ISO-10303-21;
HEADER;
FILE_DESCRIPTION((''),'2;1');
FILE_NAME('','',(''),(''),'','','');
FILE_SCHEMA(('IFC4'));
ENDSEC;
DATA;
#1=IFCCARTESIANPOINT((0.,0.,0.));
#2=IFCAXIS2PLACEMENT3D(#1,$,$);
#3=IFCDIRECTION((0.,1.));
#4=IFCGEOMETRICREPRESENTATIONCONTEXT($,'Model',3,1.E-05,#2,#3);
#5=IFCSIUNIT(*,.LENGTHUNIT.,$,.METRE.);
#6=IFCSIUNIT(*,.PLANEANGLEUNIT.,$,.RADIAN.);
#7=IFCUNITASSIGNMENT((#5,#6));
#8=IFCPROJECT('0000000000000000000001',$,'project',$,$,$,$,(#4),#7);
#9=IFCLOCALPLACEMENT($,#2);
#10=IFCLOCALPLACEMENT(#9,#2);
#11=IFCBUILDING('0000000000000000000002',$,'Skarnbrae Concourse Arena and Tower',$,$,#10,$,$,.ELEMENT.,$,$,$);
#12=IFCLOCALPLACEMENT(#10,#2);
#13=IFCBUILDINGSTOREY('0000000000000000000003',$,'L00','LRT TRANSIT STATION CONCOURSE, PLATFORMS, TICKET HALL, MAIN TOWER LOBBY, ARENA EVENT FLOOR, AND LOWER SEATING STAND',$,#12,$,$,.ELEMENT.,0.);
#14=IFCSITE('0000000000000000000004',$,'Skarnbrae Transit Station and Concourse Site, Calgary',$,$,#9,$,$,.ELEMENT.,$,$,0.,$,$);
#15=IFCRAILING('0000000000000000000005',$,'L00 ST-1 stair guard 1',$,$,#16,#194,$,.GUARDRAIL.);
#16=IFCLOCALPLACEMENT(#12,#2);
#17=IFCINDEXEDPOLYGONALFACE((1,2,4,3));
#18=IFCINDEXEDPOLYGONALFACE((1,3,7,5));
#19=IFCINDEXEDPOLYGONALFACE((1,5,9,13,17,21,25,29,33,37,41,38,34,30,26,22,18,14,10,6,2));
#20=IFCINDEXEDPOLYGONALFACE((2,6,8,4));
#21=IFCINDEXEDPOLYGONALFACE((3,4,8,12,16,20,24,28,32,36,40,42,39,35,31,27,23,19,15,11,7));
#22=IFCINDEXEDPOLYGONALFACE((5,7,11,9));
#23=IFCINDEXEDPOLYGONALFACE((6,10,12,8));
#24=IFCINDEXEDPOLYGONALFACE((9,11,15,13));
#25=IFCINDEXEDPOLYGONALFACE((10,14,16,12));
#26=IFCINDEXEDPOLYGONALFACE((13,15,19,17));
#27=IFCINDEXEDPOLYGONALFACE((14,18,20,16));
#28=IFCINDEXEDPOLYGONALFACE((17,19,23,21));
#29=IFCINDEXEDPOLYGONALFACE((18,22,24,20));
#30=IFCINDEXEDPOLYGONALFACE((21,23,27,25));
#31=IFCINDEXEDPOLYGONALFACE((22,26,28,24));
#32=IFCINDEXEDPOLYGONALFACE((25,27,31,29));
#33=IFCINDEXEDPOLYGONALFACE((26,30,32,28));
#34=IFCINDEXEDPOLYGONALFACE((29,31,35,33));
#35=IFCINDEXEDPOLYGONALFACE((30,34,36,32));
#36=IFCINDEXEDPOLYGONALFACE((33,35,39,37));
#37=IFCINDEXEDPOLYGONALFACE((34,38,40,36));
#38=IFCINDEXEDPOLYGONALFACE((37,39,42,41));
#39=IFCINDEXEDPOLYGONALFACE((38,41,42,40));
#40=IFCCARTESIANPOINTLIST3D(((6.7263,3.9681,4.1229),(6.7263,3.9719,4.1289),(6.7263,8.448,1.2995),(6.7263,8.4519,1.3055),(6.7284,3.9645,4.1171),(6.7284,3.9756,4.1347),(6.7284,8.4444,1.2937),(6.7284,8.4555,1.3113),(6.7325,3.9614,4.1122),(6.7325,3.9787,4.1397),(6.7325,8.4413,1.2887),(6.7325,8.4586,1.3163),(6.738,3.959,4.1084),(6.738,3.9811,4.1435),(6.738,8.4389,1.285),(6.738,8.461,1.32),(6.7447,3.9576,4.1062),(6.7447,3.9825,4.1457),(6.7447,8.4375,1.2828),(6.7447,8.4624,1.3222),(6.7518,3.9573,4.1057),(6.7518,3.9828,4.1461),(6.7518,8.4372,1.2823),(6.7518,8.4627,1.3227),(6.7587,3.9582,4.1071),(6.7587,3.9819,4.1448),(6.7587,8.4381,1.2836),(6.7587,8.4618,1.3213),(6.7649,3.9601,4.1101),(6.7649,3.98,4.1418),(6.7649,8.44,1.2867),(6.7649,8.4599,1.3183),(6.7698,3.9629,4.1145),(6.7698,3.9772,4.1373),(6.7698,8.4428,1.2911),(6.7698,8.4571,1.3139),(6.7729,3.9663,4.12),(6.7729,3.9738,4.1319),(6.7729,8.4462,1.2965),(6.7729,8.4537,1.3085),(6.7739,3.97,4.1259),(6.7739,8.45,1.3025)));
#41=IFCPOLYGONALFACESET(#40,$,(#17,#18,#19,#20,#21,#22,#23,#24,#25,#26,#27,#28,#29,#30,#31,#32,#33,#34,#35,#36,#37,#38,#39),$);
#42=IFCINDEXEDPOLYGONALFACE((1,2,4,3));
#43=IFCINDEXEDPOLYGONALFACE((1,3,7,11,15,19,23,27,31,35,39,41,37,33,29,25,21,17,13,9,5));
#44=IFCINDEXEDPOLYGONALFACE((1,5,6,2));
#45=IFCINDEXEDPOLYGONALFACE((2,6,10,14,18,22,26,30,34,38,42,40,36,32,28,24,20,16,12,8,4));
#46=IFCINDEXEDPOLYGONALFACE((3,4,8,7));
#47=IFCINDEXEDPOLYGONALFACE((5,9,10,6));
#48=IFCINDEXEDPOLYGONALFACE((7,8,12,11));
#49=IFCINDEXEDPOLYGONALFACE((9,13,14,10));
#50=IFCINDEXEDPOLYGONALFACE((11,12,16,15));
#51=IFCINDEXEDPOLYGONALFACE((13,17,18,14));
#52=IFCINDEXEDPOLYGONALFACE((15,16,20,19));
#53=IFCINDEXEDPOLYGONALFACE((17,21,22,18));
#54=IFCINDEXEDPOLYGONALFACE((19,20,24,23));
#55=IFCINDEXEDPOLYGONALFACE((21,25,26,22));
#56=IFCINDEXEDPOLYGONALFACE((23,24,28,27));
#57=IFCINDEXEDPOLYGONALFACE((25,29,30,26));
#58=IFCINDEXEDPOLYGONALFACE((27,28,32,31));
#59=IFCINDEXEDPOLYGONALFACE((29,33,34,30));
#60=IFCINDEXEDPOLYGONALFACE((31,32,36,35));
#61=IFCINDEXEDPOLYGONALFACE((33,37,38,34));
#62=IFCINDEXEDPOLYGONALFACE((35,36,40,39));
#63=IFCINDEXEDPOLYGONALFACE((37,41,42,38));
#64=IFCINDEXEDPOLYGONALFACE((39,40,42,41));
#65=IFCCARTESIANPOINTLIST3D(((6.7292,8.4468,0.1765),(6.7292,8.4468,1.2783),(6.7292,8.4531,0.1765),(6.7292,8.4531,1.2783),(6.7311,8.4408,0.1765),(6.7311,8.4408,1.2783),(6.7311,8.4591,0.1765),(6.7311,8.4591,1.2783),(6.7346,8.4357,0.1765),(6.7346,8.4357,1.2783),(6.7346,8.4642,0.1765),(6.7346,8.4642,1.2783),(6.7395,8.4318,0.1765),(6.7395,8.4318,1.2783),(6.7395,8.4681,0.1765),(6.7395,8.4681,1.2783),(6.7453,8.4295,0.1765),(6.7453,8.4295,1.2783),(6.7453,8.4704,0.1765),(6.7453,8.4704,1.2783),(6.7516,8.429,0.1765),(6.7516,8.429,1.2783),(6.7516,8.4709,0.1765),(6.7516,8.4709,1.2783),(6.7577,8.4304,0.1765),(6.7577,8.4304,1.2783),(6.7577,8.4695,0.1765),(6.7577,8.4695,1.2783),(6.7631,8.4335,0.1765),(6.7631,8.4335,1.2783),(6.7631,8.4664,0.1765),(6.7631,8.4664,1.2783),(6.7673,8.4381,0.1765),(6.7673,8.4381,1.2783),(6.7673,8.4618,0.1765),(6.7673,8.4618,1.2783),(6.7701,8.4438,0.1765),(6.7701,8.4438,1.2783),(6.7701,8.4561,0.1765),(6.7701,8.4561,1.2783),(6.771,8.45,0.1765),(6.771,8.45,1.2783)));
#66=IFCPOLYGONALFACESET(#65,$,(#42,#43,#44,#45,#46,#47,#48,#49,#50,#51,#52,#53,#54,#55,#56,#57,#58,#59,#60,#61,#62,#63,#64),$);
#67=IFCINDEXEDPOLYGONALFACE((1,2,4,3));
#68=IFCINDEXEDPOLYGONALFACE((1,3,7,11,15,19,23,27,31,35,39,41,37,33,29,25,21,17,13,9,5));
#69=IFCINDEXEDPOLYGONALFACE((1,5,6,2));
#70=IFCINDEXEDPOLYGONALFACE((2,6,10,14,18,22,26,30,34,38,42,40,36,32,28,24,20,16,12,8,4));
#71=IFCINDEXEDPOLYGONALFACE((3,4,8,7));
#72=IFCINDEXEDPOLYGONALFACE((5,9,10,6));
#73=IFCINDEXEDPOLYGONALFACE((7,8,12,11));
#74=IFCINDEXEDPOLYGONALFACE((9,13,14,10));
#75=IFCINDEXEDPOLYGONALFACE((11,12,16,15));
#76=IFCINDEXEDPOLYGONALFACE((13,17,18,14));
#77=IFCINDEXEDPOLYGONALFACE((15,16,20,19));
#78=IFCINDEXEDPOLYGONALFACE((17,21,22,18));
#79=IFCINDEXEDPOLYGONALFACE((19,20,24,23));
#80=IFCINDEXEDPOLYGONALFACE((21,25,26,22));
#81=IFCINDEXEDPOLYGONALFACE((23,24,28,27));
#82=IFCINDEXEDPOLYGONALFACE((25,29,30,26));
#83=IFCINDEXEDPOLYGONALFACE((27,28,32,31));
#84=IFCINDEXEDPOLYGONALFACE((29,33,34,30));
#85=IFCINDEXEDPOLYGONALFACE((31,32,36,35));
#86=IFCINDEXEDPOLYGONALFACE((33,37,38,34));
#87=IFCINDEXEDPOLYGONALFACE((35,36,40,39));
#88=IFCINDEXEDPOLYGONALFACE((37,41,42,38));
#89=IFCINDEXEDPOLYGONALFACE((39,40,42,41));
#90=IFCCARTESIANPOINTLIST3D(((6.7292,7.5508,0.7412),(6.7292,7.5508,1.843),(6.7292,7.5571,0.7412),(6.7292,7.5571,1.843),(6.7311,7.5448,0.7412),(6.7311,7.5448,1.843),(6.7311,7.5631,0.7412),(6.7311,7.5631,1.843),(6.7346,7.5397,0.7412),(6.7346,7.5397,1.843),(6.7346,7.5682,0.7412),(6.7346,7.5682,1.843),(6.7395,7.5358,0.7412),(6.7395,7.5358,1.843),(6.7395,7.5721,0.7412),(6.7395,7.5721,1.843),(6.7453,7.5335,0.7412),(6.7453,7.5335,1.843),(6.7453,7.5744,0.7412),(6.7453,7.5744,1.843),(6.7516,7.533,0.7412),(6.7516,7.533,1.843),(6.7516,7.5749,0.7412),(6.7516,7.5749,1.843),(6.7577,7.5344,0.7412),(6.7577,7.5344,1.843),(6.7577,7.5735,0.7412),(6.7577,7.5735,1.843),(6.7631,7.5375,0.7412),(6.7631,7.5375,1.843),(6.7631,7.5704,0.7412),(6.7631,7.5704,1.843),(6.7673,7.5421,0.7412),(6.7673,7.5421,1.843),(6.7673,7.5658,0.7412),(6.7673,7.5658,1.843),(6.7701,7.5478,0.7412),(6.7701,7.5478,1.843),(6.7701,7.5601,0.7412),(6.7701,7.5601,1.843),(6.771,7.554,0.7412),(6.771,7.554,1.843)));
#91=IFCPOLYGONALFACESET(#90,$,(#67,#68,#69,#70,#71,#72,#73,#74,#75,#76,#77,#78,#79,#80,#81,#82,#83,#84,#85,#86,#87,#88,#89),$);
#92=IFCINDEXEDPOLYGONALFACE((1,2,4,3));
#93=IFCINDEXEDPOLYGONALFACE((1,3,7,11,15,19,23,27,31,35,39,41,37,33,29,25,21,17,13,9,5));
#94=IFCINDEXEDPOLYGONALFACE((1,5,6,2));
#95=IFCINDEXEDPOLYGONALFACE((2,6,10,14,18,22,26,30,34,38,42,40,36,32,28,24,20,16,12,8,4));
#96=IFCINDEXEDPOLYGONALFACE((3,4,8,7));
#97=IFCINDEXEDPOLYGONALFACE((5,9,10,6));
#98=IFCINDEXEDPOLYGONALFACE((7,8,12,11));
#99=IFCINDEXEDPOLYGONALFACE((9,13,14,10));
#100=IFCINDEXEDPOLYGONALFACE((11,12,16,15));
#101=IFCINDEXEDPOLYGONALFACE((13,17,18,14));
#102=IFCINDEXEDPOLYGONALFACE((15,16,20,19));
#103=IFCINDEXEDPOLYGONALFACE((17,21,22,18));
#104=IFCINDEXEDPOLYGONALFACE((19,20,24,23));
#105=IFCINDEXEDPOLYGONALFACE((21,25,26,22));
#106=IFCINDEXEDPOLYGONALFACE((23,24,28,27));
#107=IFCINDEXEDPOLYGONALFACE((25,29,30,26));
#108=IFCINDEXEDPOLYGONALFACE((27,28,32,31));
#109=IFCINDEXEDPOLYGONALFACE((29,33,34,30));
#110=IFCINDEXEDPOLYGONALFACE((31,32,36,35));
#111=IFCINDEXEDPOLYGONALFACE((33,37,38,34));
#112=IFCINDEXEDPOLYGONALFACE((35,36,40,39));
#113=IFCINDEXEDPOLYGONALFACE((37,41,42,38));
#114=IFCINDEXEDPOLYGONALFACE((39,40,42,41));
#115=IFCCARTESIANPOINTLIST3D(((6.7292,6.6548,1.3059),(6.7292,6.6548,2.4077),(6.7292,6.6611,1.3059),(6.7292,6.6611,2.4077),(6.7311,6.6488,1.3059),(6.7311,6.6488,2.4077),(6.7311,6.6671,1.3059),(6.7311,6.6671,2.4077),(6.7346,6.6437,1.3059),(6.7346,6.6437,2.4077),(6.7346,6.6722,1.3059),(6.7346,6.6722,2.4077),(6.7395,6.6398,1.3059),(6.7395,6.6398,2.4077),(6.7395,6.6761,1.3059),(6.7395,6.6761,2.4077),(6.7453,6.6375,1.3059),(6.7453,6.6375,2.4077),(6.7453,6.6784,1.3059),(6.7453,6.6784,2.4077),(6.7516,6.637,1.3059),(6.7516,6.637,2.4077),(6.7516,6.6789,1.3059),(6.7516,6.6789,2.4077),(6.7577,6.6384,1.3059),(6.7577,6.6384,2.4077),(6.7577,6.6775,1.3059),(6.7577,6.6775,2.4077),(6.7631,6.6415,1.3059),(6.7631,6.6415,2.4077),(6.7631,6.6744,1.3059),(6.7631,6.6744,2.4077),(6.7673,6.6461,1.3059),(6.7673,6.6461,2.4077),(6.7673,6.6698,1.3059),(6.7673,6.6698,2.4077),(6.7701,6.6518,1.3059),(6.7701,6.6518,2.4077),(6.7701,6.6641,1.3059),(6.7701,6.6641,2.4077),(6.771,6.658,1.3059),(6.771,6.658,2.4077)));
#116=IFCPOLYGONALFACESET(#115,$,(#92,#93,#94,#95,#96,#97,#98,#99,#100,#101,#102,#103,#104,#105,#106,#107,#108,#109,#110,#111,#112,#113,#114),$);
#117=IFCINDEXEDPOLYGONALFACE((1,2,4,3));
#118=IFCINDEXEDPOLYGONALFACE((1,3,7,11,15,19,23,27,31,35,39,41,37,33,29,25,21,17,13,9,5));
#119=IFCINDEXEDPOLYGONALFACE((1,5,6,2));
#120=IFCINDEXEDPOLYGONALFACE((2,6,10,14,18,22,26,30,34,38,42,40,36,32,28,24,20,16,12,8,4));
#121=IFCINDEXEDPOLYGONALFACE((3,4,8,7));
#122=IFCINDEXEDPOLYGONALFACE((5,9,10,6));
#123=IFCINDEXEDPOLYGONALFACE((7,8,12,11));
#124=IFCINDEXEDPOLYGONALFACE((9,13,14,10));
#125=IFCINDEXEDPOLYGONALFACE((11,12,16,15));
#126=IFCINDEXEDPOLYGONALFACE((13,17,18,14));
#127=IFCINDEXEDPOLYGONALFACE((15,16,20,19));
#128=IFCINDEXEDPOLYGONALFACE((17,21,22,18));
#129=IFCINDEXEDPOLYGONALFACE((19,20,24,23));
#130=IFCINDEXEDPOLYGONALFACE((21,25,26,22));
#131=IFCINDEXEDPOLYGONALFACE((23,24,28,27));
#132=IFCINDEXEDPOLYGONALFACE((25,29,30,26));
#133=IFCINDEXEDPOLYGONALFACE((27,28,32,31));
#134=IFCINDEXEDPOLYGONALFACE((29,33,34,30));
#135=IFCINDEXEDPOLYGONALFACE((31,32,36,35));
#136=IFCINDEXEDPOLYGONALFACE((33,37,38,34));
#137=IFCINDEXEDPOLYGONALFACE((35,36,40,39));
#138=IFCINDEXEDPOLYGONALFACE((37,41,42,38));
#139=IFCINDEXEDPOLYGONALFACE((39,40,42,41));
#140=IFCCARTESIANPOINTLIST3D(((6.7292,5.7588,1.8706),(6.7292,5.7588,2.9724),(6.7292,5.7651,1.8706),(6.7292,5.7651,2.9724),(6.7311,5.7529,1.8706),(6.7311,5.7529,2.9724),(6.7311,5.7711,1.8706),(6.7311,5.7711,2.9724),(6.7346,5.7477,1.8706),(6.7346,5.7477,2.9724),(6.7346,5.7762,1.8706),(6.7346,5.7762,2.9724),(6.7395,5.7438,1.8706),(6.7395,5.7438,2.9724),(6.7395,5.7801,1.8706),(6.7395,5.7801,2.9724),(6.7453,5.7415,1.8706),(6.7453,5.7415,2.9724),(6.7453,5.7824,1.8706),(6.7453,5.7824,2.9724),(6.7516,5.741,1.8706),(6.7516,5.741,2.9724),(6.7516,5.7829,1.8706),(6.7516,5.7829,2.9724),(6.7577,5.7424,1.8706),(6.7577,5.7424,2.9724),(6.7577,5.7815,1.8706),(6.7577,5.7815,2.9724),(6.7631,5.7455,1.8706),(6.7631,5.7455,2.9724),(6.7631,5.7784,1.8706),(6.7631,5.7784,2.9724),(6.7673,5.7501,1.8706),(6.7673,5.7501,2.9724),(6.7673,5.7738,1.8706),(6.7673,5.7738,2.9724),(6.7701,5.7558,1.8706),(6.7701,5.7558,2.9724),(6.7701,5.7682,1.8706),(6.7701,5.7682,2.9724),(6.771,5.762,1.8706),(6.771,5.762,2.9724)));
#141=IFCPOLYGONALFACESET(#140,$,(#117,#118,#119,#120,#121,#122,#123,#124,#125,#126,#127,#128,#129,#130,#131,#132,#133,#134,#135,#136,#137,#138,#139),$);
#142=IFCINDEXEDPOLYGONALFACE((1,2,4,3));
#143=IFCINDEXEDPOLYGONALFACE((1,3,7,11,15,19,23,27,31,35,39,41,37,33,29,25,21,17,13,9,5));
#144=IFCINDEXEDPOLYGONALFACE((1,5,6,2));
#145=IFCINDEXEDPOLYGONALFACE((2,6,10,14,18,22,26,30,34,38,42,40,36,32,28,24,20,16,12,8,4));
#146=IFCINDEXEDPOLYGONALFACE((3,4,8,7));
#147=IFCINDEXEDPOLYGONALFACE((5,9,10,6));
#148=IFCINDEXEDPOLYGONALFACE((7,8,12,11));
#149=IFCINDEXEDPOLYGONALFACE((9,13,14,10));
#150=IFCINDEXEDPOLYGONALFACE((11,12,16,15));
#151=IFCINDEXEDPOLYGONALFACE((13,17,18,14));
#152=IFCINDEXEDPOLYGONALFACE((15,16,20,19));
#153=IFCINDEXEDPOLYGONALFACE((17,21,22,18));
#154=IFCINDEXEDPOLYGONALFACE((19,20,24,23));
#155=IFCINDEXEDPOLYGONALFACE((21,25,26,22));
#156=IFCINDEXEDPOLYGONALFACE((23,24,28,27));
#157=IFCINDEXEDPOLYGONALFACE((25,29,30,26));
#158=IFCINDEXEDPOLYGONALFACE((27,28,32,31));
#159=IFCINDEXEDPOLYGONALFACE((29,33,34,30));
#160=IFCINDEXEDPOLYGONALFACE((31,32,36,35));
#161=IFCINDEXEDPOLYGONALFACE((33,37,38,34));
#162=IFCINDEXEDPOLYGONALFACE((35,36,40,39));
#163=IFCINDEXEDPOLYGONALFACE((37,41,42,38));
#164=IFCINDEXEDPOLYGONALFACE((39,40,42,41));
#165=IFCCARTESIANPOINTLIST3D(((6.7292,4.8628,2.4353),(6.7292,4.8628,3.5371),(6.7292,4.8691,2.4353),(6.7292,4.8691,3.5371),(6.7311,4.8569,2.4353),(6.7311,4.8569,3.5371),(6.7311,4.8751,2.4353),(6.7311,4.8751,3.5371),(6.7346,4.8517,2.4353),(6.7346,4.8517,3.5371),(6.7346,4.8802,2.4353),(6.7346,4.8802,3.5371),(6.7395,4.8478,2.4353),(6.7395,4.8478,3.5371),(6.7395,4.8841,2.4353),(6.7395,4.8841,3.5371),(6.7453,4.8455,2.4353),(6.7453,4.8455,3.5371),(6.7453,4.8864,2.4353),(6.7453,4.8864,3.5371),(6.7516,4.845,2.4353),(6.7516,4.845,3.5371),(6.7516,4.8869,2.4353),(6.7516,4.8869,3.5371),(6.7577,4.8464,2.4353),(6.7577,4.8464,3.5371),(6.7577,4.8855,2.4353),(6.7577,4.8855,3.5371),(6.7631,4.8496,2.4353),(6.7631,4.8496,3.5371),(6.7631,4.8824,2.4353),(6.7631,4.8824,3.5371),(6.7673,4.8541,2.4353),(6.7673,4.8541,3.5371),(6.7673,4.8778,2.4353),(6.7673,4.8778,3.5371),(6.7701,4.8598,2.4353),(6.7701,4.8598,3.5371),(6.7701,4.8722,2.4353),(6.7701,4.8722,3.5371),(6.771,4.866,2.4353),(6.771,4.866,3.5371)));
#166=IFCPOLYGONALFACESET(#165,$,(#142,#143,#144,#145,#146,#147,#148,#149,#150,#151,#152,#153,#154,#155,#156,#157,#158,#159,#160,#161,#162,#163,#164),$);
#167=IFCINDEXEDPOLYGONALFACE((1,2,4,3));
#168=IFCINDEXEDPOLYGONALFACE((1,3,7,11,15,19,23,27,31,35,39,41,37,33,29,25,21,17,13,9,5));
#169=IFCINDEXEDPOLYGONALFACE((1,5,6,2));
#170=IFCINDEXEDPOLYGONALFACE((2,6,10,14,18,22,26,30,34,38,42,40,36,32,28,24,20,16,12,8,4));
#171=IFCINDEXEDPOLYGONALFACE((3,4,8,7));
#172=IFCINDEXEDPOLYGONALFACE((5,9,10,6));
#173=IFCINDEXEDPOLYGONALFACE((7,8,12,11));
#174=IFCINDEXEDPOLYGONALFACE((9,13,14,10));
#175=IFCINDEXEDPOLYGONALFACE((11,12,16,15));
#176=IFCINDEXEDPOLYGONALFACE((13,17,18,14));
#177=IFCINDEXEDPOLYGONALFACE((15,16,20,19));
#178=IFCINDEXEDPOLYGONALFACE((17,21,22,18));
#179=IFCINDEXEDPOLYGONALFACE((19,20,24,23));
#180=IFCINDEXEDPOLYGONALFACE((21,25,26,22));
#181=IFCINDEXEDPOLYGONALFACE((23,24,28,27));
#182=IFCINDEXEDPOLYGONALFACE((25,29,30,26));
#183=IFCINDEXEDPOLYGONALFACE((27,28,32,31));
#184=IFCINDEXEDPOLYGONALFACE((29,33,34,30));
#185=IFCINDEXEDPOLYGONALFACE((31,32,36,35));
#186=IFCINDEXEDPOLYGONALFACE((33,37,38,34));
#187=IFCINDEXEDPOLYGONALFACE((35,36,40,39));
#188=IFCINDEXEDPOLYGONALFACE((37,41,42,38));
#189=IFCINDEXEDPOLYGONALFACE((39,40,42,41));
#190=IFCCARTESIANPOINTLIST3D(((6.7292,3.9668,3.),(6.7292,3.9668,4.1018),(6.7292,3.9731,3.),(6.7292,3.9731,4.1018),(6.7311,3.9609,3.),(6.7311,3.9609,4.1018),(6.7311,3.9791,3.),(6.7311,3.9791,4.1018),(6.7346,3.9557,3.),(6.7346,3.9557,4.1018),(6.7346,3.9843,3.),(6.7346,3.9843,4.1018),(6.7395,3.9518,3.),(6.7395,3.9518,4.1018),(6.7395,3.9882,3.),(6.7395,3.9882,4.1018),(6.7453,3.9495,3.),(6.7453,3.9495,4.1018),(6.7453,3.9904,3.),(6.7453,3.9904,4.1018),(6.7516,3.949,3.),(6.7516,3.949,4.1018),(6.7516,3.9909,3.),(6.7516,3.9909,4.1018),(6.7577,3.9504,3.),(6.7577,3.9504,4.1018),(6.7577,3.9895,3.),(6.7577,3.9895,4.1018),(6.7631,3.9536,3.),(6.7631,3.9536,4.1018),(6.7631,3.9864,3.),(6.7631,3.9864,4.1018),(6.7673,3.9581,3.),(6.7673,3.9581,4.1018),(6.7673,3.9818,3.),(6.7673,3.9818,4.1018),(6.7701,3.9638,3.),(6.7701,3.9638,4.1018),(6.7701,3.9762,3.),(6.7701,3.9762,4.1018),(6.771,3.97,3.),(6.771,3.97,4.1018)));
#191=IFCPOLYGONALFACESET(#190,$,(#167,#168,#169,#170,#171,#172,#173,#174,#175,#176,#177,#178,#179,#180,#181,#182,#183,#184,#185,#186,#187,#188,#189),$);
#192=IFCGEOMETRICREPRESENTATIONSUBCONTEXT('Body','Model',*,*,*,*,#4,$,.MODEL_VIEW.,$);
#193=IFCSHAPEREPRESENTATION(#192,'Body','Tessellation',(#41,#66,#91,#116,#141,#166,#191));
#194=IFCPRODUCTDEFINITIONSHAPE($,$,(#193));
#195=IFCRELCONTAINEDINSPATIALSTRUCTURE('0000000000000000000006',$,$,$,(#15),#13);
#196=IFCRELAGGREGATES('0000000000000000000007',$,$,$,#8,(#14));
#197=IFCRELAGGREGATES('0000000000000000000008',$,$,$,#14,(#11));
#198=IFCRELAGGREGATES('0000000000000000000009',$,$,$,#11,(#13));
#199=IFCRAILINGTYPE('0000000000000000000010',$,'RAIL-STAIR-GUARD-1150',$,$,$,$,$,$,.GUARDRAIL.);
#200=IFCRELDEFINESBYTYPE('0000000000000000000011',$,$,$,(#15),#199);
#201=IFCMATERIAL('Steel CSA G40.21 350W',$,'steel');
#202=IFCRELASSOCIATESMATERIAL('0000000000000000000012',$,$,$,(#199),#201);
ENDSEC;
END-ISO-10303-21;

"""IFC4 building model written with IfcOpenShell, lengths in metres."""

from ifc_helpers import new_model, si_unit, direction, frame, origin, origin_2d, place, context, subcontext, project, spatial, circle, extrude, material, type_object, element, save


model = new_model("IFC4")

# Units and contexts
model_context = context("Model", 3, precision=1e-05, world=origin(), true_north=direction((0.0, 1.0)))
body_context = subcontext(model_context, "Body", "Model", "MODEL_VIEW")
ifc_project = project(units=[si_unit("LENGTHUNIT", "METRE"), si_unit("PLANEANGLEUNIT", "RADIAN")], contexts=[model_context])

# Site, building, storey
site_placement = place(None, origin())
site = spatial("IfcSite", under=ifc_project, at=site_placement, Name="Skarnbrae Transit Station and Concourse Site, Calgary", CompositionType="ELEMENT", RefElevation=0.0)
building_placement = place(site_placement, origin())
building = spatial("IfcBuilding", under=site, at=building_placement, Name="Skarnbrae Concourse Arena and Tower", CompositionType="ELEMENT")
storey_placement = place(building_placement, origin())
storey = spatial("IfcBuildingStorey", under=building, at=storey_placement, Name="L00", Description="LRT TRANSIT STATION CONCOURSE, PLATFORMS, TICKET HALL, MAIN TOWER LOBBY, ARENA EVENT FLOOR, AND LOWER SEATING STAND", CompositionType="ELEMENT", Elevation=0.0)

# Shared definitions
ifc_material_1 = material(Name="Steel CSA G40.21 350W", Category="steel")

# Railing
railing_type_1 = type_object("IfcRailingType", Name="RAIL-STAIR-GUARD-1150", PredefinedType="GUARDRAIL", material=ifc_material_1)
railing_1_placement = place(storey_placement, frame((6.75, 8.45, 0.1765)))
element("IfcRailing", 1, at=railing_1_placement, inside=storey, type_object=railing_type_1, Name="L00 ST-1 stair guard 1", PredefinedType="GUARDRAIL", context=body_context, shape_type="SweptSolid", body=[
    extrude(circle(Radius=0.0239, at=origin_2d()), frame((0.0, 0.0, 1.126), z_axis=(0.0, -0.845998, 0.533186), x_axis=(1.0, 0.0, 0.0)), (0.0, 0.0, 1.0), 5.2954),
    extrude(circle(Radius=0.021, at=origin_2d()), origin(), (0.0, 0.0, 1.0), 1.1018),
    extrude(circle(Radius=0.021, at=origin_2d()), frame((0.0, -0.896, 0.5647)), (0.0, 0.0, 1.0), 1.1018),
    extrude(circle(Radius=0.021, at=origin_2d()), frame((0.0, -1.792, 1.1294)), (0.0, 0.0, 1.0), 1.1018),
    extrude(circle(Radius=0.021, at=origin_2d()), frame((0.0, -2.688, 1.6941)), (0.0, 0.0, 1.0), 1.1018),
    extrude(circle(Radius=0.021, at=origin_2d()), frame((0.0, -3.584, 2.2588)), (0.0, 0.0, 1.0), 1.1018),
    extrude(circle(Radius=0.021, at=origin_2d()), frame((0.0, -4.48, 2.8235)), (0.0, 0.0, 1.0), 1.1018),
])

save(model, "model.ifc")
